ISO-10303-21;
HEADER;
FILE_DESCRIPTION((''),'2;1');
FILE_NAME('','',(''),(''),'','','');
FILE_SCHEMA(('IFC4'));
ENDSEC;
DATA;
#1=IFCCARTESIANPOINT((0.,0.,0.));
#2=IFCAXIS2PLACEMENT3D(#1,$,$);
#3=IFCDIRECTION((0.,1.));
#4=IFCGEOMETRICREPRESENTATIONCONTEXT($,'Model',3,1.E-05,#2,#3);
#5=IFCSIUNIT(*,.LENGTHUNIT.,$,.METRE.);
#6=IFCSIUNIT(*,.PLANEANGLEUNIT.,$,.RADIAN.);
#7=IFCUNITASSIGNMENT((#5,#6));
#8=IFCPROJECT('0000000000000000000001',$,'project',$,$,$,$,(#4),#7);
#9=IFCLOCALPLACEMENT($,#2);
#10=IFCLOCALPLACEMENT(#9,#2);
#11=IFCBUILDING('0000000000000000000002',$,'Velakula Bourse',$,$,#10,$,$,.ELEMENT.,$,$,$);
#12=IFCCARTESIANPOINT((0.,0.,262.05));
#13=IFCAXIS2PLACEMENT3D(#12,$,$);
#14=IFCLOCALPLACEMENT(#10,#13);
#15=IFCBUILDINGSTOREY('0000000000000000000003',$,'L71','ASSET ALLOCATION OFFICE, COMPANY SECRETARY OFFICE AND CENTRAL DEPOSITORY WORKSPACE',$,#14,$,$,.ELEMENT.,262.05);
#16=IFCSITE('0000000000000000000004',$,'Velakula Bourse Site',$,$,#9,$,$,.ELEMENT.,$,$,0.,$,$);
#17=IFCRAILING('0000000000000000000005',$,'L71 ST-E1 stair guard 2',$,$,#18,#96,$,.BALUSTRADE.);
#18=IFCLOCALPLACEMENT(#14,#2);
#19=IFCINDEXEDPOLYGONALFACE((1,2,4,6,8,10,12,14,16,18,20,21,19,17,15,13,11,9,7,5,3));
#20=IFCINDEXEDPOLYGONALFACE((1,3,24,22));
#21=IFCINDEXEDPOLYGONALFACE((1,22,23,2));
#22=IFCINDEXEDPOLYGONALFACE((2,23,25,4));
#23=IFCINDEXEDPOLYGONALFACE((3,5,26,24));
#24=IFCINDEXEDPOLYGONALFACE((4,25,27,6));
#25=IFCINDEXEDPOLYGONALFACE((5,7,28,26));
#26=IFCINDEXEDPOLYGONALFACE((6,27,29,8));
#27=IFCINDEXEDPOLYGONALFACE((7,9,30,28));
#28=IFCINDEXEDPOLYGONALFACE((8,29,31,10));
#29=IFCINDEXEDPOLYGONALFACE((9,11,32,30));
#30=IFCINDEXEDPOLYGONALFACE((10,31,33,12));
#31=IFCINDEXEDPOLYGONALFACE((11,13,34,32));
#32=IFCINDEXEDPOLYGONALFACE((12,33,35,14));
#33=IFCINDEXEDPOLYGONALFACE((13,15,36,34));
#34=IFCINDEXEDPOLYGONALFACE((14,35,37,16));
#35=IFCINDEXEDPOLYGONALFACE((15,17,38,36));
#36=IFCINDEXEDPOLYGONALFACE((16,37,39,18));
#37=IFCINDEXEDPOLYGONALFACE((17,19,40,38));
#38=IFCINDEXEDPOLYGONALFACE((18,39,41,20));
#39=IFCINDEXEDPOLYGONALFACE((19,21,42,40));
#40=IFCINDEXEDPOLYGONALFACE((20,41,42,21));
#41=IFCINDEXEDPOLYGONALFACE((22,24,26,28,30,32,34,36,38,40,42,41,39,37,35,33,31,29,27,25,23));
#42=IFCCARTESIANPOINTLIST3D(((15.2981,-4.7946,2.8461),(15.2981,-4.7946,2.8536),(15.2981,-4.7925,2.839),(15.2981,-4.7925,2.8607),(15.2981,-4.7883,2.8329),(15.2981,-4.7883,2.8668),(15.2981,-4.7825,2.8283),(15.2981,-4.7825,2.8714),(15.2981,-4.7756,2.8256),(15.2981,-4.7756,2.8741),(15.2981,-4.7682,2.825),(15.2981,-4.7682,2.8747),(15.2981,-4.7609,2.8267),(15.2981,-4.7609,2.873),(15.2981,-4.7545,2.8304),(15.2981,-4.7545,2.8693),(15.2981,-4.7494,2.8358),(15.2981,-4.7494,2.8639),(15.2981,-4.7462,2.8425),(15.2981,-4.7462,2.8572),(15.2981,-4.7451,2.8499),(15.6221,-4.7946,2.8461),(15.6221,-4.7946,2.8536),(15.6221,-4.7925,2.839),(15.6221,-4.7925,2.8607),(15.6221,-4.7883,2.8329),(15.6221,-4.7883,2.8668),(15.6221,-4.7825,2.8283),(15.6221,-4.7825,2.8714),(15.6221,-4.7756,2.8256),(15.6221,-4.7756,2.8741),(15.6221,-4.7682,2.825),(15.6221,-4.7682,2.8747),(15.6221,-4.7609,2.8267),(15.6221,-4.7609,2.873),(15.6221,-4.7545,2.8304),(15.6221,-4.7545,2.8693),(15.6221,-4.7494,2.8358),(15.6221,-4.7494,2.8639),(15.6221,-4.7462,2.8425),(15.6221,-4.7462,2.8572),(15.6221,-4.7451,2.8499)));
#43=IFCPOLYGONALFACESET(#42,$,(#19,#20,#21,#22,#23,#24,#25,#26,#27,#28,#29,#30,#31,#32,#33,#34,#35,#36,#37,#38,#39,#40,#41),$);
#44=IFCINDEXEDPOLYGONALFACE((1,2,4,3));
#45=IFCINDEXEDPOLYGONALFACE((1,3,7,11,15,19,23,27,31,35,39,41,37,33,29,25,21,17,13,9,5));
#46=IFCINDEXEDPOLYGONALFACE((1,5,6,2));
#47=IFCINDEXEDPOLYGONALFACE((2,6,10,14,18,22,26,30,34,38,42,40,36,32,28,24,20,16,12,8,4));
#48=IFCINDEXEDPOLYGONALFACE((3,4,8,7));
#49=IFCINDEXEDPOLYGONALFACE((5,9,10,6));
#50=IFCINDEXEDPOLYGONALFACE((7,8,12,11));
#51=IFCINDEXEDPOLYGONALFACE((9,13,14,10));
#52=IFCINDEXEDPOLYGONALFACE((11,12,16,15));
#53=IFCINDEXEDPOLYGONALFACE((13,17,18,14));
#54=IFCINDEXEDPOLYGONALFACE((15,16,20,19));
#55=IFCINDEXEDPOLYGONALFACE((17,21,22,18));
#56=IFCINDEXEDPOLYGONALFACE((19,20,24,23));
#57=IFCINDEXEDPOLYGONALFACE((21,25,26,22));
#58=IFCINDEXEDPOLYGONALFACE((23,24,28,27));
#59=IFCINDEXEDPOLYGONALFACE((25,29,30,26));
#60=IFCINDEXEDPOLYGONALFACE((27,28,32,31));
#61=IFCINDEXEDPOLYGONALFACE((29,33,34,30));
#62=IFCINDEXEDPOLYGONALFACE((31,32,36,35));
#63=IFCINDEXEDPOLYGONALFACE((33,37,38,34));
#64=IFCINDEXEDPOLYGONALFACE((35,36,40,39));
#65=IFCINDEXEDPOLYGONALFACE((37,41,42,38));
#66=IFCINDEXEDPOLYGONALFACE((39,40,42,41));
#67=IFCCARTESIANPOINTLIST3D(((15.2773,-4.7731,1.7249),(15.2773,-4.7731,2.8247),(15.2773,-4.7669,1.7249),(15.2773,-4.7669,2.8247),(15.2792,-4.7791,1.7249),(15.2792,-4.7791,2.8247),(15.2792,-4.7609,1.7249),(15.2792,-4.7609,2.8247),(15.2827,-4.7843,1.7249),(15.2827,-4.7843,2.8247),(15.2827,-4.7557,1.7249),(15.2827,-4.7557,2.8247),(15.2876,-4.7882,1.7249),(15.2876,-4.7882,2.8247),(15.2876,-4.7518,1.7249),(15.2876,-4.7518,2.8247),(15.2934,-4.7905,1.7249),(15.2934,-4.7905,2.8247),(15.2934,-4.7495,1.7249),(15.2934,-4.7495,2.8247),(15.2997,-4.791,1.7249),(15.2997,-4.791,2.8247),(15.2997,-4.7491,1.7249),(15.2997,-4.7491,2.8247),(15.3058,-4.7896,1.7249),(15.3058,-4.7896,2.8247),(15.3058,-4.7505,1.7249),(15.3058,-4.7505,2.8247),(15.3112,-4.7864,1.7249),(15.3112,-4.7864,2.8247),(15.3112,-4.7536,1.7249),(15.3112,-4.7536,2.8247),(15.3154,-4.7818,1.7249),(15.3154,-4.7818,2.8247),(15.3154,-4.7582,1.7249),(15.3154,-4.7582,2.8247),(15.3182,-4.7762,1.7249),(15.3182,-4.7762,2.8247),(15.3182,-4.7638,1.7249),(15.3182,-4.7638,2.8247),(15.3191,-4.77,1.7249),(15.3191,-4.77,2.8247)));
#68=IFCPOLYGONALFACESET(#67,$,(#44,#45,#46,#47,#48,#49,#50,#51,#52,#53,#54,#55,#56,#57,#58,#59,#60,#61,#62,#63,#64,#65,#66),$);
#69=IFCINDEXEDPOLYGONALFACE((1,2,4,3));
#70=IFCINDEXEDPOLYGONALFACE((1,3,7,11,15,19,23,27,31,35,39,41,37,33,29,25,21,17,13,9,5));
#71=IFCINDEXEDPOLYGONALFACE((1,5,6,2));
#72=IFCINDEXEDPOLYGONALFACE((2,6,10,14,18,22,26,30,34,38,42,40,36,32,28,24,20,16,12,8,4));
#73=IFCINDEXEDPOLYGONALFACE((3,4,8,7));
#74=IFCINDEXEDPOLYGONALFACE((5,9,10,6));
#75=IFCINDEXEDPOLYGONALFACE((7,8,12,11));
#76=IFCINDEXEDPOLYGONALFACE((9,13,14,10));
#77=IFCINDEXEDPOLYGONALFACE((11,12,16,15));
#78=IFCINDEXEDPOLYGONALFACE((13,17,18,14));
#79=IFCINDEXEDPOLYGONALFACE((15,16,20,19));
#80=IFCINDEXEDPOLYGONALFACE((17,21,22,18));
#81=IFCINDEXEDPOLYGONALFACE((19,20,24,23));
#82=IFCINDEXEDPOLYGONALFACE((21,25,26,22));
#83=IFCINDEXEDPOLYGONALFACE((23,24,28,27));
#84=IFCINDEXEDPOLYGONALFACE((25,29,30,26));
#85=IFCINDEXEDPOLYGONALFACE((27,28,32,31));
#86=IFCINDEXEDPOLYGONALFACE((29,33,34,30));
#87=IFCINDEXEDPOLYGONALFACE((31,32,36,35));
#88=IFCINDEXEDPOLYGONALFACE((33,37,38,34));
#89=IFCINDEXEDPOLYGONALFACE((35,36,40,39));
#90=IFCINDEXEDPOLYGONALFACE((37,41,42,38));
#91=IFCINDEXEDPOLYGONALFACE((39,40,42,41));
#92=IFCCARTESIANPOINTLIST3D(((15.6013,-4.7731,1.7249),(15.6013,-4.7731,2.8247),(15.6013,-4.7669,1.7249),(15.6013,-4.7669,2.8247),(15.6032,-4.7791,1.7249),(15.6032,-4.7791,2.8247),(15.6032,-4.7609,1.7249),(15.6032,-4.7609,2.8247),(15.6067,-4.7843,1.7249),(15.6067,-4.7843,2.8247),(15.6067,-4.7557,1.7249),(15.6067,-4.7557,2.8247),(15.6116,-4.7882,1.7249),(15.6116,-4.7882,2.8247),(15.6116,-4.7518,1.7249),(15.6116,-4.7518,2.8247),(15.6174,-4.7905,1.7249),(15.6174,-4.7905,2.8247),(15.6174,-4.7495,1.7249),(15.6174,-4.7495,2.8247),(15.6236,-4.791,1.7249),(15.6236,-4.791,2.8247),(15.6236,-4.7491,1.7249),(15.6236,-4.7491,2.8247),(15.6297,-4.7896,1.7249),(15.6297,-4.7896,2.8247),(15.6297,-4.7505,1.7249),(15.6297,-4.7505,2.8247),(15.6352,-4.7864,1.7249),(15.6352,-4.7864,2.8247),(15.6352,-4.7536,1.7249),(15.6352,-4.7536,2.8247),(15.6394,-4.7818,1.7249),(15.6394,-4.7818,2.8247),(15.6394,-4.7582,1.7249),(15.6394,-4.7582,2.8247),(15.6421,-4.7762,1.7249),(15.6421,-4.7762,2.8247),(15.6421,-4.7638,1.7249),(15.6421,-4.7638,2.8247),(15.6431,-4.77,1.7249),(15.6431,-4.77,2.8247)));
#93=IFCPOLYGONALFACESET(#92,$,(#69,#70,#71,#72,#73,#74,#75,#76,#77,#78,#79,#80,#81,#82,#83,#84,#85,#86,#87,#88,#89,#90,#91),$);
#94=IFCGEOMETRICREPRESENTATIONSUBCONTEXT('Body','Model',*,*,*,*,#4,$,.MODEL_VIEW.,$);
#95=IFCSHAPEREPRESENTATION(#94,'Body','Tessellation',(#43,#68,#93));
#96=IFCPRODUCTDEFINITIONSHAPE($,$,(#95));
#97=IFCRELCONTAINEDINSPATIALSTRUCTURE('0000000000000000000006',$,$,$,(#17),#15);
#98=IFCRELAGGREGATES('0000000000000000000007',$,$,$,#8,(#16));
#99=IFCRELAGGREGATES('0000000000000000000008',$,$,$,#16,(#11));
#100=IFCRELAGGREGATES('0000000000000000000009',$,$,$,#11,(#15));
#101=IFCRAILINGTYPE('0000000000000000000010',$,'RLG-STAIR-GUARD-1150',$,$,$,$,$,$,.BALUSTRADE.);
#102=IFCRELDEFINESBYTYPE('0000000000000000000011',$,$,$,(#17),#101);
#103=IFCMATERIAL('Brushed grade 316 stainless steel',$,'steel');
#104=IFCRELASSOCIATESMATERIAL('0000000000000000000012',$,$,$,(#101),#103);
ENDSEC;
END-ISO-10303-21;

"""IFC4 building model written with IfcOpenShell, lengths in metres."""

from ifc_helpers import new_model, si_unit, direction, frame, origin, origin_2d, place, context, subcontext, project, spatial, circle, extrude, material, type_object, element, save


model = new_model("IFC4")

# Units and contexts
model_context = context("Model", 3, precision=1e-05, world=origin(), true_north=direction((0.0, 1.0)))
body_context = subcontext(model_context, "Body", "Model", "MODEL_VIEW")
ifc_project = project(units=[si_unit("LENGTHUNIT", "METRE"), si_unit("PLANEANGLEUNIT", "RADIAN")], contexts=[model_context])

# Site, building, storey
site_placement = place(None, origin())
site = spatial("IfcSite", under=ifc_project, at=site_placement, Name="Velakula Bourse Site", CompositionType="ELEMENT", RefElevation=0.0)
building_placement = place(site_placement, origin())
building = spatial("IfcBuilding", under=site, at=building_placement, Name="Velakula Bourse", CompositionType="ELEMENT")
storey_placement = place(building_placement, frame((0.0, 0.0, 262.05)))
storey = spatial("IfcBuildingStorey", under=building, at=storey_placement, Name="L71", Description="ASSET ALLOCATION OFFICE, COMPANY SECRETARY OFFICE AND CENTRAL DEPOSITORY WORKSPACE", CompositionType="ELEMENT", Elevation=262.05)

# Shared definitions
ifc_material_1 = material(Name="Brushed grade 316 stainless steel", Category="steel")

# Railing
railing_type_1 = type_object("IfcRailingType", Name="RLG-STAIR-GUARD-1150", PredefinedType="BALUSTRADE", material=ifc_material_1)
railing_1_placement = place(storey_placement, frame((15.2981, -4.77, 1.7249)))
element("IfcRailing", 1, at=railing_1_placement, inside=storey, type_object=railing_type_1, Name="L71 ST-E1 stair guard 2", PredefinedType="BALUSTRADE", context=body_context, shape_type="SweptSolid", body=[
    extrude(circle(Radius=0.0249, at=origin_2d()), frame((0.0, 0.0, 1.125), z_axis=(1.0, 0.0, 0.0), x_axis=(0.0, 1.0, 0.0)), (0.0, 0.0, 1.0), 0.324),
    extrude(circle(Radius=0.021, at=origin_2d()), origin(), (0.0, 0.0, 1.0), 1.0999),
    extrude(circle(Radius=0.021, at=origin_2d()), frame((0.324, 0.0, 0.0)), (0.0, 0.0, 1.0), 1.0999),
])

save(model, "model.ifc")
